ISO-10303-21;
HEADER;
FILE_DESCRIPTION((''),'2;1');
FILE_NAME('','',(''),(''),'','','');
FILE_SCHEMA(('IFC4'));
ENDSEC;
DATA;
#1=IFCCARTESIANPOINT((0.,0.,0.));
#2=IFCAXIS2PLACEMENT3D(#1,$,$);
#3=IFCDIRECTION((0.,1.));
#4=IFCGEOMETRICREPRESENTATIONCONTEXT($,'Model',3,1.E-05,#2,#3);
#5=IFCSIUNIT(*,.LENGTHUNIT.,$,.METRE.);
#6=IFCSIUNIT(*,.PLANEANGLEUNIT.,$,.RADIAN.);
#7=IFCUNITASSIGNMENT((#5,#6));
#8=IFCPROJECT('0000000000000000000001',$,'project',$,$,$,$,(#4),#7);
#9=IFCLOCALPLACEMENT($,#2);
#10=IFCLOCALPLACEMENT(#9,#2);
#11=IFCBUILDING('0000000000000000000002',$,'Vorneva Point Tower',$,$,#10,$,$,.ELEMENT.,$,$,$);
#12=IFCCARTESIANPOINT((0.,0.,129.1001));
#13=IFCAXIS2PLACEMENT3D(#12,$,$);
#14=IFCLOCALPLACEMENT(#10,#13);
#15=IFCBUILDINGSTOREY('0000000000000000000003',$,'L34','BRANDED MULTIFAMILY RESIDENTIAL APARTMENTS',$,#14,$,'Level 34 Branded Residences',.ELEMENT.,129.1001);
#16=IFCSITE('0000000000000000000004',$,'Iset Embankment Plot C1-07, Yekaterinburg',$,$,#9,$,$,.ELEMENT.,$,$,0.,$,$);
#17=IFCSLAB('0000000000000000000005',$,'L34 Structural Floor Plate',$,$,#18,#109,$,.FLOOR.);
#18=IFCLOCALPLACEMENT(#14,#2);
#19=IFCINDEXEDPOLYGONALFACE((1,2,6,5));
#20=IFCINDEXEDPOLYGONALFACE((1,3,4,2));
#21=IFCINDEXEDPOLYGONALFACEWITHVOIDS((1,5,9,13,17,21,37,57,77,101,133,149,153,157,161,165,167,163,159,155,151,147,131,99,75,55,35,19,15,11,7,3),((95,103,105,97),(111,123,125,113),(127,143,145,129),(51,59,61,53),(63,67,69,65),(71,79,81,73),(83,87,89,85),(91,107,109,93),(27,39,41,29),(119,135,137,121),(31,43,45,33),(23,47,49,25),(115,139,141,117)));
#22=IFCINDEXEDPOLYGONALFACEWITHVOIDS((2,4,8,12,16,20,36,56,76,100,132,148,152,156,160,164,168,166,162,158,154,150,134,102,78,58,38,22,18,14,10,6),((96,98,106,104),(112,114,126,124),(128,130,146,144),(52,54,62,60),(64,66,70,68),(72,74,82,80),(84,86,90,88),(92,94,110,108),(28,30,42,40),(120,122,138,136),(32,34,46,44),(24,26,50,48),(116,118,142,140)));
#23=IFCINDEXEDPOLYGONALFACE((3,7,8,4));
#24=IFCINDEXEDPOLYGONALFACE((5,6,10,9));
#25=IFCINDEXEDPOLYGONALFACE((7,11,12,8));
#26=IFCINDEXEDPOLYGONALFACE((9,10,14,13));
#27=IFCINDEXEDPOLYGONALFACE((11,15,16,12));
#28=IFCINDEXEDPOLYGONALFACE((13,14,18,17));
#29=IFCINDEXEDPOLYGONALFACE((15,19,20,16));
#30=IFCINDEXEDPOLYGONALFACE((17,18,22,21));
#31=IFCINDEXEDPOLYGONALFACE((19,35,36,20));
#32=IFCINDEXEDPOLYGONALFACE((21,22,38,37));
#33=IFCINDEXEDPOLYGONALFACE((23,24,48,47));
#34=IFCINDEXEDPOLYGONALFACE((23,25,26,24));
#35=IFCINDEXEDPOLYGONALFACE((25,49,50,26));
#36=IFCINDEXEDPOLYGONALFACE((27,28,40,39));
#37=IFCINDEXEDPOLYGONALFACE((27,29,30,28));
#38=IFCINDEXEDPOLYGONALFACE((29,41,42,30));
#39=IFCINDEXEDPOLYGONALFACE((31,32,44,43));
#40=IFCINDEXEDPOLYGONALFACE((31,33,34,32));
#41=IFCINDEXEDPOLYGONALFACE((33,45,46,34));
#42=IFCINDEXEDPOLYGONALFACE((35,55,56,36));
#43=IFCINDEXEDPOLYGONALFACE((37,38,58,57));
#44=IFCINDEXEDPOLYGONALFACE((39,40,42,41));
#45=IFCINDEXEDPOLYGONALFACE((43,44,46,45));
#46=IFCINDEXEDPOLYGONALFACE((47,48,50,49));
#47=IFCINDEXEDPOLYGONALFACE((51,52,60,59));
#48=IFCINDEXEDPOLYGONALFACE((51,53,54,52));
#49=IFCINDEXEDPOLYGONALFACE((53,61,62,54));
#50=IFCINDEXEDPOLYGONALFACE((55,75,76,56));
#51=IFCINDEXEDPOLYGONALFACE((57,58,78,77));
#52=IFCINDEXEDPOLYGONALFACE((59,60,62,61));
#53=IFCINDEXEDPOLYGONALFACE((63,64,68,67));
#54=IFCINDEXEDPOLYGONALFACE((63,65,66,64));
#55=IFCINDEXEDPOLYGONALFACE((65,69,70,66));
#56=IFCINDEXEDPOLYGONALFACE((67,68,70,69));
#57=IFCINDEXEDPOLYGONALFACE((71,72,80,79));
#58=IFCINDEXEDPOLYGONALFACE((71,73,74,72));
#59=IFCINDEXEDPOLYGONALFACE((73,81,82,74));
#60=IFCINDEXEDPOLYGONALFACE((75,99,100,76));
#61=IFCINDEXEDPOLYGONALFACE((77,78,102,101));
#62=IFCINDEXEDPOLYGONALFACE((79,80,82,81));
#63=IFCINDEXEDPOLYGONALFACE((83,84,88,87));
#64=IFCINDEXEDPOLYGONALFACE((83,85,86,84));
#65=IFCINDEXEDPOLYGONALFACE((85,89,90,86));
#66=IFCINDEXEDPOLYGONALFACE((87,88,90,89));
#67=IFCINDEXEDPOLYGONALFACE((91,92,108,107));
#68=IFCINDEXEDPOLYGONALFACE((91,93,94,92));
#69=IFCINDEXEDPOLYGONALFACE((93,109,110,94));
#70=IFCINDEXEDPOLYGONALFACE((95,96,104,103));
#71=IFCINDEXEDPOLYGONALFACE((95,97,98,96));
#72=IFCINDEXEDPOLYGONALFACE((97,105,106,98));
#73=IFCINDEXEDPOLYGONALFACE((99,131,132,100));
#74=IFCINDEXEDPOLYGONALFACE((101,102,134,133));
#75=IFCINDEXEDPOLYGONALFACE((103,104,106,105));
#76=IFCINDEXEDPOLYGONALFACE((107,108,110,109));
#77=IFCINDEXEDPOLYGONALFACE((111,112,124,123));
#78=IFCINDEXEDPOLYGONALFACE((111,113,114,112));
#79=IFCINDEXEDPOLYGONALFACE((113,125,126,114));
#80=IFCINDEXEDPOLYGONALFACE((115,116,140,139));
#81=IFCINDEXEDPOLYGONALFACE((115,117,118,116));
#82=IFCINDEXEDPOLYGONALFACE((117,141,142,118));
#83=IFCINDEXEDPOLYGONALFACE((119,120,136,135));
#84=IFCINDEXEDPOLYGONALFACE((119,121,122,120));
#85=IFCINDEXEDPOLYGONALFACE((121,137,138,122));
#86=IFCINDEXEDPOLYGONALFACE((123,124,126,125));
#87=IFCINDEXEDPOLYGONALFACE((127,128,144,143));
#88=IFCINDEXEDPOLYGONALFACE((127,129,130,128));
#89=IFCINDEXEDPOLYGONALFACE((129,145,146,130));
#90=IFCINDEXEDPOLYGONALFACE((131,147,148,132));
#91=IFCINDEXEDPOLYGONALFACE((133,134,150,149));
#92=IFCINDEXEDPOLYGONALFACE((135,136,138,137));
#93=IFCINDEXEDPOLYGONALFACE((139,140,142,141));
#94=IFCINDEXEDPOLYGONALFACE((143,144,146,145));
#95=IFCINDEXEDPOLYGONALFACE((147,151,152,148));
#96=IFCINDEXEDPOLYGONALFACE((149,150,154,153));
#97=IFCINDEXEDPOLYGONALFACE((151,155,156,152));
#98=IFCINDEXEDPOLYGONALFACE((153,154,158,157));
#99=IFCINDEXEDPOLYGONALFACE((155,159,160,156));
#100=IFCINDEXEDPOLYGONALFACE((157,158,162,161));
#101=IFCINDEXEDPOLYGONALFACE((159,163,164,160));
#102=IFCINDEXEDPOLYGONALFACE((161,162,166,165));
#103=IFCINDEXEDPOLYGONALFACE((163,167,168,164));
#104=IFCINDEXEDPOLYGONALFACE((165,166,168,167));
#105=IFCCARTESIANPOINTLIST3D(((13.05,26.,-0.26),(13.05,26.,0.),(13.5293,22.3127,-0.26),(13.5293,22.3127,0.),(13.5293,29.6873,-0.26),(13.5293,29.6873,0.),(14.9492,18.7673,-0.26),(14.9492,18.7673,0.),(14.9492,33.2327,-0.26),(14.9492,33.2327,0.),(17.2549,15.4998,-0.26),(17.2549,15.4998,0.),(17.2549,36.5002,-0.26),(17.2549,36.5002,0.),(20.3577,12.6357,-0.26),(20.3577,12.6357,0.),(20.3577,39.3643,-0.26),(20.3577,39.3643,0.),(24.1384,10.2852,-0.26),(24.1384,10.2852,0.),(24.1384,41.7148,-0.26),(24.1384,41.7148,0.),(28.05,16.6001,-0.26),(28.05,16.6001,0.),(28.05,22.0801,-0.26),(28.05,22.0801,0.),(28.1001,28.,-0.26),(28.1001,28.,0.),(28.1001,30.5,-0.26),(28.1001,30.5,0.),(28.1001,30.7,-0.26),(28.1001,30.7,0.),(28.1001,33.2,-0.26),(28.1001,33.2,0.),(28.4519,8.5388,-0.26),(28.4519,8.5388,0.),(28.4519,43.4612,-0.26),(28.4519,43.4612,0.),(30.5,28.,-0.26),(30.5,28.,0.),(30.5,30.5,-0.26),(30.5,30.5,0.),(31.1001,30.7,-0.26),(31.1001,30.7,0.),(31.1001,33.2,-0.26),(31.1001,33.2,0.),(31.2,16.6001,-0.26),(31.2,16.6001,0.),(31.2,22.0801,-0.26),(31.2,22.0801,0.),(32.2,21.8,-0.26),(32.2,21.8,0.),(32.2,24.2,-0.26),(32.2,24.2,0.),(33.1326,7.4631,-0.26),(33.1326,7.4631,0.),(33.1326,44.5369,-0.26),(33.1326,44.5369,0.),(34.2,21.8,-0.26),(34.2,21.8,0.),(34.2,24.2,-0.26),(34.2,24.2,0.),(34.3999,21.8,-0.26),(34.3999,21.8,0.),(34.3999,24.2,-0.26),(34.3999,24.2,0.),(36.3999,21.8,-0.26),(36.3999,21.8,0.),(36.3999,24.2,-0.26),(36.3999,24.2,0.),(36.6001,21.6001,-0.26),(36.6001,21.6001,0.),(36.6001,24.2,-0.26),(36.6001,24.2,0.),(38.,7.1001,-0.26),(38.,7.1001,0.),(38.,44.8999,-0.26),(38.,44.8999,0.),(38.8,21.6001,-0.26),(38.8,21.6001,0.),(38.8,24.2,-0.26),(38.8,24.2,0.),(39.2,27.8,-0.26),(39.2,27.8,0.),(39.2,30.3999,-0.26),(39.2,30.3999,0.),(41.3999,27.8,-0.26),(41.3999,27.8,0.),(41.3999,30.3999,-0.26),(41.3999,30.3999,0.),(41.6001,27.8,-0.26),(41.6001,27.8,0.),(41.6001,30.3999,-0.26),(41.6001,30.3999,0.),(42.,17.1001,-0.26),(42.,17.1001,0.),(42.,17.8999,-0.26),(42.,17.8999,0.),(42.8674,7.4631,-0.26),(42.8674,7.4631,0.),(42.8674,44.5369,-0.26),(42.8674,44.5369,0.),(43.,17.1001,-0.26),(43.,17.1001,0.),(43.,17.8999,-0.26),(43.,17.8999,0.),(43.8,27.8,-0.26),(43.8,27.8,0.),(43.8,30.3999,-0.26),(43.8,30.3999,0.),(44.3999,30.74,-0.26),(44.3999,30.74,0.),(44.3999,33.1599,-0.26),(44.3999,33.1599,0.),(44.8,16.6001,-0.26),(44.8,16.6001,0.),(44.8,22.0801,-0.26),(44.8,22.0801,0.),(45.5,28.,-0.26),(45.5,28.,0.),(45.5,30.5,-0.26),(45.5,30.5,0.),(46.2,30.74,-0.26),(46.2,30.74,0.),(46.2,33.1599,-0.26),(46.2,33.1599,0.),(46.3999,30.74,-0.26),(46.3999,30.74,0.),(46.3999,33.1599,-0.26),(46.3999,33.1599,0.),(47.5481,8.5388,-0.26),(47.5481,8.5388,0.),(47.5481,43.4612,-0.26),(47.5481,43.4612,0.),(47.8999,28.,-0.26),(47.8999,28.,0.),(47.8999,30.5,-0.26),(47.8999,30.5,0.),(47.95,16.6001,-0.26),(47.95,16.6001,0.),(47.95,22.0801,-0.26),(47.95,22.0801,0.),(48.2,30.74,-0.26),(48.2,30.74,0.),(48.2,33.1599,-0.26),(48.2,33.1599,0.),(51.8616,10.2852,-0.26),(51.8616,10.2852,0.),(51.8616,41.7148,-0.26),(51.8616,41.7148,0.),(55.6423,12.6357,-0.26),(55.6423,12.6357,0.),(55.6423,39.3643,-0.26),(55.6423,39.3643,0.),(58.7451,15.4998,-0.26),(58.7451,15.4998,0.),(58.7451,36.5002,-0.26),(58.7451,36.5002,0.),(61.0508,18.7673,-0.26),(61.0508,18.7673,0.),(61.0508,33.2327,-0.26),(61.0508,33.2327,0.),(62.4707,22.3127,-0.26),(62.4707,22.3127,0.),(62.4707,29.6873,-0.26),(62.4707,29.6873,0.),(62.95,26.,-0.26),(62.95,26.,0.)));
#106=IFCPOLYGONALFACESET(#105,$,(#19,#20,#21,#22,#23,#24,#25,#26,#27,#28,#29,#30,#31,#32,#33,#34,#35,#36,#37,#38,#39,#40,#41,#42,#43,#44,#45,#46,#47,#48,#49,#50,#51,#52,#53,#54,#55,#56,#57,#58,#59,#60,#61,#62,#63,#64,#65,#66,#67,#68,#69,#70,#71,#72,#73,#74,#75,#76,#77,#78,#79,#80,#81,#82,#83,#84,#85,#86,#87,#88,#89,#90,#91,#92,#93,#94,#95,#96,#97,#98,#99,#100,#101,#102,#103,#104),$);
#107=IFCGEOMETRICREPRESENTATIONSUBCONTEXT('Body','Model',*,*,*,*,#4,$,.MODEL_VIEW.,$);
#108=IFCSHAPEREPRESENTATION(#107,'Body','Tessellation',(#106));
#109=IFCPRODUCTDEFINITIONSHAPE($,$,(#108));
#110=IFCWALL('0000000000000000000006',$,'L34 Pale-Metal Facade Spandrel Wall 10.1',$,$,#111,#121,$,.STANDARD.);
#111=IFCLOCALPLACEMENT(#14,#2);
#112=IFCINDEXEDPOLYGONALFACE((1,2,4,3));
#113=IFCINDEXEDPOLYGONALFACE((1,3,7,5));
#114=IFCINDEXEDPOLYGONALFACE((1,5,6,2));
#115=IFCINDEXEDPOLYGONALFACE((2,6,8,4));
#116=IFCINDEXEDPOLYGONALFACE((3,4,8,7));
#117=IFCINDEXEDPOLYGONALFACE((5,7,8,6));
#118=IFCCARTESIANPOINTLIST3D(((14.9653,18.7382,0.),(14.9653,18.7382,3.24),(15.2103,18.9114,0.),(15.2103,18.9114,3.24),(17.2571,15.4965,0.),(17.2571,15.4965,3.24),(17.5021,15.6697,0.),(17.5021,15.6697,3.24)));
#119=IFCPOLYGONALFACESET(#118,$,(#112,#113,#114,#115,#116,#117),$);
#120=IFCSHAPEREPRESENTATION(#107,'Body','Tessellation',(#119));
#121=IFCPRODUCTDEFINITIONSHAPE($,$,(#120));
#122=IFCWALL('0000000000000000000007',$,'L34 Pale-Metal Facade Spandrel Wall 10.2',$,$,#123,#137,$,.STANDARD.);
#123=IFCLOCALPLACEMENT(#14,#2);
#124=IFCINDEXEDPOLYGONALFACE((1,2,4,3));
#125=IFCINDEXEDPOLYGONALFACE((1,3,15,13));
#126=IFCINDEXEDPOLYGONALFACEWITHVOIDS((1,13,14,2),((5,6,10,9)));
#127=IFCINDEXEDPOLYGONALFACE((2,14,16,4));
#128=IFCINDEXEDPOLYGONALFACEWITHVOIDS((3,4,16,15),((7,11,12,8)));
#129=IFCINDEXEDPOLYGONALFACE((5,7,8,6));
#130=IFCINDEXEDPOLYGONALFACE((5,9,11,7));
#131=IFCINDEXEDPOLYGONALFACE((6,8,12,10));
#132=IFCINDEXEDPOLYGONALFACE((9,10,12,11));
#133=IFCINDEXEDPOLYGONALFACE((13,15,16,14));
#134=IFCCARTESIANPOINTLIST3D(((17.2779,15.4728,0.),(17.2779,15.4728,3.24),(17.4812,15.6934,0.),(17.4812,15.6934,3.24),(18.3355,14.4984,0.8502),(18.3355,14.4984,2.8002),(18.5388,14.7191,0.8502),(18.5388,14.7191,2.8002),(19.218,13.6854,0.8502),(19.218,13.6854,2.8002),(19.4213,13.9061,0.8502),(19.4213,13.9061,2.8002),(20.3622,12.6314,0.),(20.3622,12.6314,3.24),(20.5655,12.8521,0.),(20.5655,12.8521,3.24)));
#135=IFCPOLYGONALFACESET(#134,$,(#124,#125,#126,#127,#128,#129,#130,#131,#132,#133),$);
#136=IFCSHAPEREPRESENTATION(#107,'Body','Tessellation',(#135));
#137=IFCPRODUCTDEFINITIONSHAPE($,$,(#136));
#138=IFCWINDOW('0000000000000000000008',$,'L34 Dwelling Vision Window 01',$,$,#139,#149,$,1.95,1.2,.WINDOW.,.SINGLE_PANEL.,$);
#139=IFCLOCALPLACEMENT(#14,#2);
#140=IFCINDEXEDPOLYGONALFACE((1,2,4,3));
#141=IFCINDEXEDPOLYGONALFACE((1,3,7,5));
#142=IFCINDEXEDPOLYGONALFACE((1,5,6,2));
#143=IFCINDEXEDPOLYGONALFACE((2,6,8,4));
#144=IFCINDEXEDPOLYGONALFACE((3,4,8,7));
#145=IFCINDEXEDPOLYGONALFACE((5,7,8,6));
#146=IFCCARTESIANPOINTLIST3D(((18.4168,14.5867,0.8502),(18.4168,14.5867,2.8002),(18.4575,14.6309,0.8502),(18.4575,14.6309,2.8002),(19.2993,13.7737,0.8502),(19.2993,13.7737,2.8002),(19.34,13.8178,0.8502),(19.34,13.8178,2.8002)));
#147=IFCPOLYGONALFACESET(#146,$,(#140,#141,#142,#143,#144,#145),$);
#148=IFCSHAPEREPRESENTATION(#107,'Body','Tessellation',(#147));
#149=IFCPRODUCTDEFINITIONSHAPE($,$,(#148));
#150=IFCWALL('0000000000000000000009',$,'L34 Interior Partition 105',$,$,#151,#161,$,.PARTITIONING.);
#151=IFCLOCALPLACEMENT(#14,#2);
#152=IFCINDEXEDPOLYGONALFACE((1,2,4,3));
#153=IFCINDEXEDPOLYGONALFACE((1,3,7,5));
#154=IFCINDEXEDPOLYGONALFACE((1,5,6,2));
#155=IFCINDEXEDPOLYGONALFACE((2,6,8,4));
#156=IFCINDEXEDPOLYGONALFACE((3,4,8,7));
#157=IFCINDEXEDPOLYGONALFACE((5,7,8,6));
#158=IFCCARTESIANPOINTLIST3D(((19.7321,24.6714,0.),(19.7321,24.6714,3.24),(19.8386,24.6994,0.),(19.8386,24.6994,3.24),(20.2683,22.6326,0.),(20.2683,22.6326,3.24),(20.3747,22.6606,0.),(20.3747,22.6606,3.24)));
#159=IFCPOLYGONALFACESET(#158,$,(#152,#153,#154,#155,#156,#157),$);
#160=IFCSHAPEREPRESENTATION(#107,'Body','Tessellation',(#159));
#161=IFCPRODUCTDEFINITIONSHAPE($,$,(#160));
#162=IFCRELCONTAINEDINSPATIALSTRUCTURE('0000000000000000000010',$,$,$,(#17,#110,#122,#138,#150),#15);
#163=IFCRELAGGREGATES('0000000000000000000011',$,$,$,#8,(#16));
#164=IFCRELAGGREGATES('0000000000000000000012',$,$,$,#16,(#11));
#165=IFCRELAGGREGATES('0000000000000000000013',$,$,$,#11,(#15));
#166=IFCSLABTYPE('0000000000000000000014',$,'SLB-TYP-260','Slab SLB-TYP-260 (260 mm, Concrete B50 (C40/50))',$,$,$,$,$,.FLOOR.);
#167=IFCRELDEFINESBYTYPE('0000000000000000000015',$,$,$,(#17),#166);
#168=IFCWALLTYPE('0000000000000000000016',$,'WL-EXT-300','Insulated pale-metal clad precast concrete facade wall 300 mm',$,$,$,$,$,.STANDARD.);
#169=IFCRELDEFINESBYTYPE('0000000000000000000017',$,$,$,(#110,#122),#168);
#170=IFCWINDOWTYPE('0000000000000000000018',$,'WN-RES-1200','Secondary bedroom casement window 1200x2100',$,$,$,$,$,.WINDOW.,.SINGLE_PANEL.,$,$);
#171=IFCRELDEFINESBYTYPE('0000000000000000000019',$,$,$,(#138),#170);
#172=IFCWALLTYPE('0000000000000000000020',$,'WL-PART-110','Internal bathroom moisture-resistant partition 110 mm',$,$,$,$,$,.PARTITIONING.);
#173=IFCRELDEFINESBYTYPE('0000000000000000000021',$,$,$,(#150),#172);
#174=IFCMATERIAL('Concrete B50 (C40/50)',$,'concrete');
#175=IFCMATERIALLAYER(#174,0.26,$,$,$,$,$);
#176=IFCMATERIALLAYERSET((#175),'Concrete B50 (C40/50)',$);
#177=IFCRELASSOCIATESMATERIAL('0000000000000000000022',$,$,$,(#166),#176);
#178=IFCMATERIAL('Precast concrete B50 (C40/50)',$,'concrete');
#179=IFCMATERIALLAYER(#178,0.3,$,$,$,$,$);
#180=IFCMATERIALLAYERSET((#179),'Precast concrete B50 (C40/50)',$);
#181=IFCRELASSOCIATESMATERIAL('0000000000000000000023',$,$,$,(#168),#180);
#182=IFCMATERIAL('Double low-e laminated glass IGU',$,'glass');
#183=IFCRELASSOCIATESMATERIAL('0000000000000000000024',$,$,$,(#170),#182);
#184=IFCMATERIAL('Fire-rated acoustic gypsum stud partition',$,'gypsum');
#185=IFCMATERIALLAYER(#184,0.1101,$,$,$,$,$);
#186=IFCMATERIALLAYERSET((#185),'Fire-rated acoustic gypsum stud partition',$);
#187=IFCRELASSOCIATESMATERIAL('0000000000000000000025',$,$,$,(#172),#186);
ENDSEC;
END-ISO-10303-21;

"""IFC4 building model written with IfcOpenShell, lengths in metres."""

from ifc_helpers import new_model, si_unit, direction, frame, frame_2d, origin, place, context, subcontext, project, spatial, polyline, rectangle, outline, extrude, material, layer, layer_set, type_object, element, fill, save


model = new_model("IFC4")

# Units and contexts
model_context = context("Model", 3, precision=1e-05, world=origin(), true_north=direction((0.0, 1.0)))
body_context = subcontext(model_context, "Body", "Model", "MODEL_VIEW")
ifc_project = project(units=[si_unit("LENGTHUNIT", "METRE"), si_unit("PLANEANGLEUNIT", "RADIAN")], contexts=[model_context])

# Site, building, storey
site_placement = place(None, origin())
site = spatial("IfcSite", under=ifc_project, at=site_placement, Name="Iset Embankment Plot C1-07, Yekaterinburg", CompositionType="ELEMENT", RefElevation=0.0)
building_placement = place(site_placement, origin())
building = spatial("IfcBuilding", under=site, at=building_placement, Name="Vorneva Point Tower", CompositionType="ELEMENT")
storey_placement = place(building_placement, frame((0.0, 0.0, 129.1001)))
storey = spatial("IfcBuildingStorey", under=building, at=storey_placement, Name="L34", Description="BRANDED MULTIFAMILY RESIDENTIAL APARTMENTS", LongName="Level 34 Branded Residences", CompositionType="ELEMENT", Elevation=129.1001)

# Shared definitions
ifc_material_1 = material(Name="Double low-e laminated glass IGU", Category="glass")

# Shared definitions
ifc_material_2 = material(Name="Concrete B50 (C40/50)", Category="concrete")

# Slab
ifc_layer_1 = layer(ifc_material_2, 0.26)
ifc_layer_set_1 = layer_set([ifc_layer_1], Name="Concrete B50 (C40/50)")
slab_type_1 = type_object("IfcSlabType", Name="SLB-TYP-260", Description="Slab SLB-TYP-260 (260 mm, Concrete B50 (C40/50))", PredefinedType="FLOOR", material=ifc_layer_set_1)
slab_1_placement = place(storey_placement, frame((0.0, 0.0, -0.26)))
element("IfcSlab", 1, at=slab_1_placement, inside=storey, type_object=slab_type_1, Name="L34 Structural Floor Plate", PredefinedType="FLOOR", context=body_context, shape_type="SweptSolid", body=[
    extrude(outline(polyline([(62.95, 26.0), (62.4707, 29.6873), (61.0508, 33.2327), (58.7451, 36.5002), (55.6423, 39.3643), (51.8616, 41.7148), (47.5481, 43.4612), (42.8674, 44.5369), (38.0, 44.8999), (33.1326, 44.5369), (28.4519, 43.4612), (24.1384, 41.7148), (20.3577, 39.3643), (17.2549, 36.5002), (14.9492, 33.2327), (13.5293, 29.6873), (13.05, 26.0), (13.5293, 22.3127), (14.9492, 18.7673), (17.2549, 15.4998), (20.3577, 12.6357), (24.1384, 10.2852), (28.4519, 8.5388), (33.1326, 7.4631), (38.0, 7.1001), (42.8674, 7.4631), (47.5481, 8.5388), (51.8616, 10.2852), (55.6423, 12.6357), (58.7451, 15.4998), (61.0508, 18.7673), (62.4707, 22.3127), (62.95, 26.0)]), holes=[polyline([(32.2, 21.8), (34.2, 21.8), (34.2, 24.2), (32.2, 24.2), (32.2, 21.8)]), polyline([(34.3999, 21.8), (36.3999, 21.8), (36.3999, 24.2), (34.3999, 24.2), (34.3999, 21.8)]), polyline([(36.6001, 21.6001), (38.8, 21.6001), (38.8, 24.2), (36.6001, 24.2), (36.6001, 21.6001)]), polyline([(39.2, 27.8), (41.3999, 27.8), (41.3999, 30.3999), (39.2, 30.3999), (39.2, 27.8)]), polyline([(41.6001, 27.8), (43.8, 27.8), (43.8, 30.3999), (41.6001, 30.3999), (41.6001, 27.8)]), polyline([(44.3999, 30.74), (46.2, 30.74), (46.2, 33.1599), (44.3999, 33.1599), (44.3999, 30.74)]), polyline([(46.3999, 30.74), (48.2, 30.74), (48.2, 33.1599), (46.3999, 33.1599), (46.3999, 30.74)]), polyline([(28.1001, 28.0), (30.5, 28.0), (30.5, 30.5), (28.1001, 30.5), (28.1001, 28.0)]), polyline([(45.5, 28.0), (47.8999, 28.0), (47.8999, 30.5), (45.5, 30.5), (45.5, 28.0)]), polyline([(28.1001, 30.7), (31.1001, 30.7), (31.1001, 33.2), (28.1001, 33.2), (28.1001, 30.7)]), polyline([(28.05, 16.6001), (31.2, 16.6001), (31.2, 22.0801), (28.05, 22.0801), (28.05, 16.6001)]), polyline([(44.8, 16.6001), (47.95, 16.6001), (47.95, 22.0801), (44.8, 22.0801), (44.8, 16.6001)]), polyline([(42.0, 17.1001), (43.0, 17.1001), (43.0, 17.8999), (42.0, 17.8999), (42.0, 17.1001)])]), origin(), (0.0, 0.0, 1.0), 0.26),
])

# Wall
ifc_material_3 = material(Name="Precast concrete B50 (C40/50)", Category="concrete")
ifc_layer_2 = layer(ifc_material_3, 0.3)
ifc_layer_set_2 = layer_set([ifc_layer_2], Name="Precast concrete B50 (C40/50)")
wall_type_1 = type_object("IfcWallType", Name="WL-EXT-300", Description="Insulated pale-metal clad precast concrete facade wall 300 mm", PredefinedType="STANDARD", material=ifc_layer_set_2)
wall_1_placement = place(storey_placement, frame((15.0879, 18.8247, 0.0), z_axis=(0.0, 0.0, 1.0), x_axis=(0.57727, -0.816554, 0.0)))
element("IfcWall", 2, at=wall_1_placement, inside=storey, type_object=wall_type_1, Name="L34 Pale-Metal Facade Spandrel Wall 10.1", PredefinedType="STANDARD", context=body_context, shape_type="SweptSolid", body=[
    extrude(rectangle(XDim=3.97, YDim=0.3, at=frame_2d((1.9849, 0.0))), origin(), (0.0, 0.0, 1.0), 3.24),
])

# Wall, opening, window
wall_2_placement = place(storey_placement, frame((17.3796, 15.583, 0.0), z_axis=(0.0, 0.0, 1.0), x_axis=(0.735477, -0.67755, 0.0)))
wall_2 = element("IfcWall", 3, at=wall_2_placement, inside=storey, type_object=wall_type_1, Name="L34 Pale-Metal Facade Spandrel Wall 10.2", PredefinedType="STANDARD", context=body_context, shape_type="SweptSolid", body=[
    extrude(rectangle(XDim=4.1936, YDim=0.3, at=frame_2d((2.0967, 0.0))), origin(), (0.0, 0.0, 1.0), 3.24),
])
opening_1_placement = place(wall_2_placement, frame((1.4377, 0.0, 0.8501)))
opening_1 = element("IfcOpeningElement", 4, at=opening_1_placement, cuts=wall_2, PredefinedType="OPENING", context=body_context, shape_type="SweptSolid", body=[
    extrude(rectangle(XDim=1.2, YDim=1.95, at=frame_2d((0.6001, 0.9751))), frame((0.0, 0.165, 0.0), z_axis=(0.0, -1.0, 0.0), x_axis=(1.0, 0.0, 0.0)), (0.0, 0.0, 1.0), 0.3298),
])
window_type = type_object("IfcWindowType", Name="WN-RES-1200", Description="Secondary bedroom casement window 1200x2100", PartitioningType="SINGLE_PANEL", PredefinedType="WINDOW", material=ifc_material_1)
window_placement = place(opening_1_placement, origin())
window = element("IfcWindow", 5, at=window_placement, inside=storey, type_object=window_type, Name="L34 Dwelling Vision Window 01", OverallHeight=1.95, OverallWidth=1.2, PartitioningType="SINGLE_PANEL", PredefinedType="WINDOW", context=body_context, shape_type="SweptSolid", body=[
    extrude(rectangle(XDim=1.2, YDim=1.95, at=frame_2d((0.6001, 0.9751))), frame((0.0, 0.03, 0.0), z_axis=(0.0, -1.0, 0.0), x_axis=(1.0, 0.0, 0.0)), (0.0, 0.0, 1.0), 0.0601),
])
fill(opening_1, window)

# Wall
ifc_material_4 = material(Name="Fire-rated acoustic gypsum stud partition", Category="gypsum")
ifc_layer_3 = layer(ifc_material_4, 0.1101)
ifc_layer_set_3 = layer_set([ifc_layer_3], Name="Fire-rated acoustic gypsum stud partition")
wall_type_2 = type_object("IfcWallType", Name="WL-PART-110", Description="Internal bathroom moisture-resistant partition 110 mm", PredefinedType="PARTITIONING", material=ifc_layer_set_3)
wall_3_placement = place(storey_placement, frame((20.3215, 22.6465, 0.0), z_axis=(0.0, 0.0, 1.0), x_axis=(-0.254317, 0.967121, 0.0)))
element("IfcWall", 6, at=wall_3_placement, inside=storey, type_object=wall_type_2, Name="L34 Interior Partition 105", PredefinedType="PARTITIONING", context=body_context, shape_type="SweptSolid", body=[
    extrude(rectangle(XDim=2.1082, YDim=0.1101, at=frame_2d((1.0542, 0.0))), origin(), (0.0, 0.0, 1.0), 3.24),
])

save(model, "model.ifc")
